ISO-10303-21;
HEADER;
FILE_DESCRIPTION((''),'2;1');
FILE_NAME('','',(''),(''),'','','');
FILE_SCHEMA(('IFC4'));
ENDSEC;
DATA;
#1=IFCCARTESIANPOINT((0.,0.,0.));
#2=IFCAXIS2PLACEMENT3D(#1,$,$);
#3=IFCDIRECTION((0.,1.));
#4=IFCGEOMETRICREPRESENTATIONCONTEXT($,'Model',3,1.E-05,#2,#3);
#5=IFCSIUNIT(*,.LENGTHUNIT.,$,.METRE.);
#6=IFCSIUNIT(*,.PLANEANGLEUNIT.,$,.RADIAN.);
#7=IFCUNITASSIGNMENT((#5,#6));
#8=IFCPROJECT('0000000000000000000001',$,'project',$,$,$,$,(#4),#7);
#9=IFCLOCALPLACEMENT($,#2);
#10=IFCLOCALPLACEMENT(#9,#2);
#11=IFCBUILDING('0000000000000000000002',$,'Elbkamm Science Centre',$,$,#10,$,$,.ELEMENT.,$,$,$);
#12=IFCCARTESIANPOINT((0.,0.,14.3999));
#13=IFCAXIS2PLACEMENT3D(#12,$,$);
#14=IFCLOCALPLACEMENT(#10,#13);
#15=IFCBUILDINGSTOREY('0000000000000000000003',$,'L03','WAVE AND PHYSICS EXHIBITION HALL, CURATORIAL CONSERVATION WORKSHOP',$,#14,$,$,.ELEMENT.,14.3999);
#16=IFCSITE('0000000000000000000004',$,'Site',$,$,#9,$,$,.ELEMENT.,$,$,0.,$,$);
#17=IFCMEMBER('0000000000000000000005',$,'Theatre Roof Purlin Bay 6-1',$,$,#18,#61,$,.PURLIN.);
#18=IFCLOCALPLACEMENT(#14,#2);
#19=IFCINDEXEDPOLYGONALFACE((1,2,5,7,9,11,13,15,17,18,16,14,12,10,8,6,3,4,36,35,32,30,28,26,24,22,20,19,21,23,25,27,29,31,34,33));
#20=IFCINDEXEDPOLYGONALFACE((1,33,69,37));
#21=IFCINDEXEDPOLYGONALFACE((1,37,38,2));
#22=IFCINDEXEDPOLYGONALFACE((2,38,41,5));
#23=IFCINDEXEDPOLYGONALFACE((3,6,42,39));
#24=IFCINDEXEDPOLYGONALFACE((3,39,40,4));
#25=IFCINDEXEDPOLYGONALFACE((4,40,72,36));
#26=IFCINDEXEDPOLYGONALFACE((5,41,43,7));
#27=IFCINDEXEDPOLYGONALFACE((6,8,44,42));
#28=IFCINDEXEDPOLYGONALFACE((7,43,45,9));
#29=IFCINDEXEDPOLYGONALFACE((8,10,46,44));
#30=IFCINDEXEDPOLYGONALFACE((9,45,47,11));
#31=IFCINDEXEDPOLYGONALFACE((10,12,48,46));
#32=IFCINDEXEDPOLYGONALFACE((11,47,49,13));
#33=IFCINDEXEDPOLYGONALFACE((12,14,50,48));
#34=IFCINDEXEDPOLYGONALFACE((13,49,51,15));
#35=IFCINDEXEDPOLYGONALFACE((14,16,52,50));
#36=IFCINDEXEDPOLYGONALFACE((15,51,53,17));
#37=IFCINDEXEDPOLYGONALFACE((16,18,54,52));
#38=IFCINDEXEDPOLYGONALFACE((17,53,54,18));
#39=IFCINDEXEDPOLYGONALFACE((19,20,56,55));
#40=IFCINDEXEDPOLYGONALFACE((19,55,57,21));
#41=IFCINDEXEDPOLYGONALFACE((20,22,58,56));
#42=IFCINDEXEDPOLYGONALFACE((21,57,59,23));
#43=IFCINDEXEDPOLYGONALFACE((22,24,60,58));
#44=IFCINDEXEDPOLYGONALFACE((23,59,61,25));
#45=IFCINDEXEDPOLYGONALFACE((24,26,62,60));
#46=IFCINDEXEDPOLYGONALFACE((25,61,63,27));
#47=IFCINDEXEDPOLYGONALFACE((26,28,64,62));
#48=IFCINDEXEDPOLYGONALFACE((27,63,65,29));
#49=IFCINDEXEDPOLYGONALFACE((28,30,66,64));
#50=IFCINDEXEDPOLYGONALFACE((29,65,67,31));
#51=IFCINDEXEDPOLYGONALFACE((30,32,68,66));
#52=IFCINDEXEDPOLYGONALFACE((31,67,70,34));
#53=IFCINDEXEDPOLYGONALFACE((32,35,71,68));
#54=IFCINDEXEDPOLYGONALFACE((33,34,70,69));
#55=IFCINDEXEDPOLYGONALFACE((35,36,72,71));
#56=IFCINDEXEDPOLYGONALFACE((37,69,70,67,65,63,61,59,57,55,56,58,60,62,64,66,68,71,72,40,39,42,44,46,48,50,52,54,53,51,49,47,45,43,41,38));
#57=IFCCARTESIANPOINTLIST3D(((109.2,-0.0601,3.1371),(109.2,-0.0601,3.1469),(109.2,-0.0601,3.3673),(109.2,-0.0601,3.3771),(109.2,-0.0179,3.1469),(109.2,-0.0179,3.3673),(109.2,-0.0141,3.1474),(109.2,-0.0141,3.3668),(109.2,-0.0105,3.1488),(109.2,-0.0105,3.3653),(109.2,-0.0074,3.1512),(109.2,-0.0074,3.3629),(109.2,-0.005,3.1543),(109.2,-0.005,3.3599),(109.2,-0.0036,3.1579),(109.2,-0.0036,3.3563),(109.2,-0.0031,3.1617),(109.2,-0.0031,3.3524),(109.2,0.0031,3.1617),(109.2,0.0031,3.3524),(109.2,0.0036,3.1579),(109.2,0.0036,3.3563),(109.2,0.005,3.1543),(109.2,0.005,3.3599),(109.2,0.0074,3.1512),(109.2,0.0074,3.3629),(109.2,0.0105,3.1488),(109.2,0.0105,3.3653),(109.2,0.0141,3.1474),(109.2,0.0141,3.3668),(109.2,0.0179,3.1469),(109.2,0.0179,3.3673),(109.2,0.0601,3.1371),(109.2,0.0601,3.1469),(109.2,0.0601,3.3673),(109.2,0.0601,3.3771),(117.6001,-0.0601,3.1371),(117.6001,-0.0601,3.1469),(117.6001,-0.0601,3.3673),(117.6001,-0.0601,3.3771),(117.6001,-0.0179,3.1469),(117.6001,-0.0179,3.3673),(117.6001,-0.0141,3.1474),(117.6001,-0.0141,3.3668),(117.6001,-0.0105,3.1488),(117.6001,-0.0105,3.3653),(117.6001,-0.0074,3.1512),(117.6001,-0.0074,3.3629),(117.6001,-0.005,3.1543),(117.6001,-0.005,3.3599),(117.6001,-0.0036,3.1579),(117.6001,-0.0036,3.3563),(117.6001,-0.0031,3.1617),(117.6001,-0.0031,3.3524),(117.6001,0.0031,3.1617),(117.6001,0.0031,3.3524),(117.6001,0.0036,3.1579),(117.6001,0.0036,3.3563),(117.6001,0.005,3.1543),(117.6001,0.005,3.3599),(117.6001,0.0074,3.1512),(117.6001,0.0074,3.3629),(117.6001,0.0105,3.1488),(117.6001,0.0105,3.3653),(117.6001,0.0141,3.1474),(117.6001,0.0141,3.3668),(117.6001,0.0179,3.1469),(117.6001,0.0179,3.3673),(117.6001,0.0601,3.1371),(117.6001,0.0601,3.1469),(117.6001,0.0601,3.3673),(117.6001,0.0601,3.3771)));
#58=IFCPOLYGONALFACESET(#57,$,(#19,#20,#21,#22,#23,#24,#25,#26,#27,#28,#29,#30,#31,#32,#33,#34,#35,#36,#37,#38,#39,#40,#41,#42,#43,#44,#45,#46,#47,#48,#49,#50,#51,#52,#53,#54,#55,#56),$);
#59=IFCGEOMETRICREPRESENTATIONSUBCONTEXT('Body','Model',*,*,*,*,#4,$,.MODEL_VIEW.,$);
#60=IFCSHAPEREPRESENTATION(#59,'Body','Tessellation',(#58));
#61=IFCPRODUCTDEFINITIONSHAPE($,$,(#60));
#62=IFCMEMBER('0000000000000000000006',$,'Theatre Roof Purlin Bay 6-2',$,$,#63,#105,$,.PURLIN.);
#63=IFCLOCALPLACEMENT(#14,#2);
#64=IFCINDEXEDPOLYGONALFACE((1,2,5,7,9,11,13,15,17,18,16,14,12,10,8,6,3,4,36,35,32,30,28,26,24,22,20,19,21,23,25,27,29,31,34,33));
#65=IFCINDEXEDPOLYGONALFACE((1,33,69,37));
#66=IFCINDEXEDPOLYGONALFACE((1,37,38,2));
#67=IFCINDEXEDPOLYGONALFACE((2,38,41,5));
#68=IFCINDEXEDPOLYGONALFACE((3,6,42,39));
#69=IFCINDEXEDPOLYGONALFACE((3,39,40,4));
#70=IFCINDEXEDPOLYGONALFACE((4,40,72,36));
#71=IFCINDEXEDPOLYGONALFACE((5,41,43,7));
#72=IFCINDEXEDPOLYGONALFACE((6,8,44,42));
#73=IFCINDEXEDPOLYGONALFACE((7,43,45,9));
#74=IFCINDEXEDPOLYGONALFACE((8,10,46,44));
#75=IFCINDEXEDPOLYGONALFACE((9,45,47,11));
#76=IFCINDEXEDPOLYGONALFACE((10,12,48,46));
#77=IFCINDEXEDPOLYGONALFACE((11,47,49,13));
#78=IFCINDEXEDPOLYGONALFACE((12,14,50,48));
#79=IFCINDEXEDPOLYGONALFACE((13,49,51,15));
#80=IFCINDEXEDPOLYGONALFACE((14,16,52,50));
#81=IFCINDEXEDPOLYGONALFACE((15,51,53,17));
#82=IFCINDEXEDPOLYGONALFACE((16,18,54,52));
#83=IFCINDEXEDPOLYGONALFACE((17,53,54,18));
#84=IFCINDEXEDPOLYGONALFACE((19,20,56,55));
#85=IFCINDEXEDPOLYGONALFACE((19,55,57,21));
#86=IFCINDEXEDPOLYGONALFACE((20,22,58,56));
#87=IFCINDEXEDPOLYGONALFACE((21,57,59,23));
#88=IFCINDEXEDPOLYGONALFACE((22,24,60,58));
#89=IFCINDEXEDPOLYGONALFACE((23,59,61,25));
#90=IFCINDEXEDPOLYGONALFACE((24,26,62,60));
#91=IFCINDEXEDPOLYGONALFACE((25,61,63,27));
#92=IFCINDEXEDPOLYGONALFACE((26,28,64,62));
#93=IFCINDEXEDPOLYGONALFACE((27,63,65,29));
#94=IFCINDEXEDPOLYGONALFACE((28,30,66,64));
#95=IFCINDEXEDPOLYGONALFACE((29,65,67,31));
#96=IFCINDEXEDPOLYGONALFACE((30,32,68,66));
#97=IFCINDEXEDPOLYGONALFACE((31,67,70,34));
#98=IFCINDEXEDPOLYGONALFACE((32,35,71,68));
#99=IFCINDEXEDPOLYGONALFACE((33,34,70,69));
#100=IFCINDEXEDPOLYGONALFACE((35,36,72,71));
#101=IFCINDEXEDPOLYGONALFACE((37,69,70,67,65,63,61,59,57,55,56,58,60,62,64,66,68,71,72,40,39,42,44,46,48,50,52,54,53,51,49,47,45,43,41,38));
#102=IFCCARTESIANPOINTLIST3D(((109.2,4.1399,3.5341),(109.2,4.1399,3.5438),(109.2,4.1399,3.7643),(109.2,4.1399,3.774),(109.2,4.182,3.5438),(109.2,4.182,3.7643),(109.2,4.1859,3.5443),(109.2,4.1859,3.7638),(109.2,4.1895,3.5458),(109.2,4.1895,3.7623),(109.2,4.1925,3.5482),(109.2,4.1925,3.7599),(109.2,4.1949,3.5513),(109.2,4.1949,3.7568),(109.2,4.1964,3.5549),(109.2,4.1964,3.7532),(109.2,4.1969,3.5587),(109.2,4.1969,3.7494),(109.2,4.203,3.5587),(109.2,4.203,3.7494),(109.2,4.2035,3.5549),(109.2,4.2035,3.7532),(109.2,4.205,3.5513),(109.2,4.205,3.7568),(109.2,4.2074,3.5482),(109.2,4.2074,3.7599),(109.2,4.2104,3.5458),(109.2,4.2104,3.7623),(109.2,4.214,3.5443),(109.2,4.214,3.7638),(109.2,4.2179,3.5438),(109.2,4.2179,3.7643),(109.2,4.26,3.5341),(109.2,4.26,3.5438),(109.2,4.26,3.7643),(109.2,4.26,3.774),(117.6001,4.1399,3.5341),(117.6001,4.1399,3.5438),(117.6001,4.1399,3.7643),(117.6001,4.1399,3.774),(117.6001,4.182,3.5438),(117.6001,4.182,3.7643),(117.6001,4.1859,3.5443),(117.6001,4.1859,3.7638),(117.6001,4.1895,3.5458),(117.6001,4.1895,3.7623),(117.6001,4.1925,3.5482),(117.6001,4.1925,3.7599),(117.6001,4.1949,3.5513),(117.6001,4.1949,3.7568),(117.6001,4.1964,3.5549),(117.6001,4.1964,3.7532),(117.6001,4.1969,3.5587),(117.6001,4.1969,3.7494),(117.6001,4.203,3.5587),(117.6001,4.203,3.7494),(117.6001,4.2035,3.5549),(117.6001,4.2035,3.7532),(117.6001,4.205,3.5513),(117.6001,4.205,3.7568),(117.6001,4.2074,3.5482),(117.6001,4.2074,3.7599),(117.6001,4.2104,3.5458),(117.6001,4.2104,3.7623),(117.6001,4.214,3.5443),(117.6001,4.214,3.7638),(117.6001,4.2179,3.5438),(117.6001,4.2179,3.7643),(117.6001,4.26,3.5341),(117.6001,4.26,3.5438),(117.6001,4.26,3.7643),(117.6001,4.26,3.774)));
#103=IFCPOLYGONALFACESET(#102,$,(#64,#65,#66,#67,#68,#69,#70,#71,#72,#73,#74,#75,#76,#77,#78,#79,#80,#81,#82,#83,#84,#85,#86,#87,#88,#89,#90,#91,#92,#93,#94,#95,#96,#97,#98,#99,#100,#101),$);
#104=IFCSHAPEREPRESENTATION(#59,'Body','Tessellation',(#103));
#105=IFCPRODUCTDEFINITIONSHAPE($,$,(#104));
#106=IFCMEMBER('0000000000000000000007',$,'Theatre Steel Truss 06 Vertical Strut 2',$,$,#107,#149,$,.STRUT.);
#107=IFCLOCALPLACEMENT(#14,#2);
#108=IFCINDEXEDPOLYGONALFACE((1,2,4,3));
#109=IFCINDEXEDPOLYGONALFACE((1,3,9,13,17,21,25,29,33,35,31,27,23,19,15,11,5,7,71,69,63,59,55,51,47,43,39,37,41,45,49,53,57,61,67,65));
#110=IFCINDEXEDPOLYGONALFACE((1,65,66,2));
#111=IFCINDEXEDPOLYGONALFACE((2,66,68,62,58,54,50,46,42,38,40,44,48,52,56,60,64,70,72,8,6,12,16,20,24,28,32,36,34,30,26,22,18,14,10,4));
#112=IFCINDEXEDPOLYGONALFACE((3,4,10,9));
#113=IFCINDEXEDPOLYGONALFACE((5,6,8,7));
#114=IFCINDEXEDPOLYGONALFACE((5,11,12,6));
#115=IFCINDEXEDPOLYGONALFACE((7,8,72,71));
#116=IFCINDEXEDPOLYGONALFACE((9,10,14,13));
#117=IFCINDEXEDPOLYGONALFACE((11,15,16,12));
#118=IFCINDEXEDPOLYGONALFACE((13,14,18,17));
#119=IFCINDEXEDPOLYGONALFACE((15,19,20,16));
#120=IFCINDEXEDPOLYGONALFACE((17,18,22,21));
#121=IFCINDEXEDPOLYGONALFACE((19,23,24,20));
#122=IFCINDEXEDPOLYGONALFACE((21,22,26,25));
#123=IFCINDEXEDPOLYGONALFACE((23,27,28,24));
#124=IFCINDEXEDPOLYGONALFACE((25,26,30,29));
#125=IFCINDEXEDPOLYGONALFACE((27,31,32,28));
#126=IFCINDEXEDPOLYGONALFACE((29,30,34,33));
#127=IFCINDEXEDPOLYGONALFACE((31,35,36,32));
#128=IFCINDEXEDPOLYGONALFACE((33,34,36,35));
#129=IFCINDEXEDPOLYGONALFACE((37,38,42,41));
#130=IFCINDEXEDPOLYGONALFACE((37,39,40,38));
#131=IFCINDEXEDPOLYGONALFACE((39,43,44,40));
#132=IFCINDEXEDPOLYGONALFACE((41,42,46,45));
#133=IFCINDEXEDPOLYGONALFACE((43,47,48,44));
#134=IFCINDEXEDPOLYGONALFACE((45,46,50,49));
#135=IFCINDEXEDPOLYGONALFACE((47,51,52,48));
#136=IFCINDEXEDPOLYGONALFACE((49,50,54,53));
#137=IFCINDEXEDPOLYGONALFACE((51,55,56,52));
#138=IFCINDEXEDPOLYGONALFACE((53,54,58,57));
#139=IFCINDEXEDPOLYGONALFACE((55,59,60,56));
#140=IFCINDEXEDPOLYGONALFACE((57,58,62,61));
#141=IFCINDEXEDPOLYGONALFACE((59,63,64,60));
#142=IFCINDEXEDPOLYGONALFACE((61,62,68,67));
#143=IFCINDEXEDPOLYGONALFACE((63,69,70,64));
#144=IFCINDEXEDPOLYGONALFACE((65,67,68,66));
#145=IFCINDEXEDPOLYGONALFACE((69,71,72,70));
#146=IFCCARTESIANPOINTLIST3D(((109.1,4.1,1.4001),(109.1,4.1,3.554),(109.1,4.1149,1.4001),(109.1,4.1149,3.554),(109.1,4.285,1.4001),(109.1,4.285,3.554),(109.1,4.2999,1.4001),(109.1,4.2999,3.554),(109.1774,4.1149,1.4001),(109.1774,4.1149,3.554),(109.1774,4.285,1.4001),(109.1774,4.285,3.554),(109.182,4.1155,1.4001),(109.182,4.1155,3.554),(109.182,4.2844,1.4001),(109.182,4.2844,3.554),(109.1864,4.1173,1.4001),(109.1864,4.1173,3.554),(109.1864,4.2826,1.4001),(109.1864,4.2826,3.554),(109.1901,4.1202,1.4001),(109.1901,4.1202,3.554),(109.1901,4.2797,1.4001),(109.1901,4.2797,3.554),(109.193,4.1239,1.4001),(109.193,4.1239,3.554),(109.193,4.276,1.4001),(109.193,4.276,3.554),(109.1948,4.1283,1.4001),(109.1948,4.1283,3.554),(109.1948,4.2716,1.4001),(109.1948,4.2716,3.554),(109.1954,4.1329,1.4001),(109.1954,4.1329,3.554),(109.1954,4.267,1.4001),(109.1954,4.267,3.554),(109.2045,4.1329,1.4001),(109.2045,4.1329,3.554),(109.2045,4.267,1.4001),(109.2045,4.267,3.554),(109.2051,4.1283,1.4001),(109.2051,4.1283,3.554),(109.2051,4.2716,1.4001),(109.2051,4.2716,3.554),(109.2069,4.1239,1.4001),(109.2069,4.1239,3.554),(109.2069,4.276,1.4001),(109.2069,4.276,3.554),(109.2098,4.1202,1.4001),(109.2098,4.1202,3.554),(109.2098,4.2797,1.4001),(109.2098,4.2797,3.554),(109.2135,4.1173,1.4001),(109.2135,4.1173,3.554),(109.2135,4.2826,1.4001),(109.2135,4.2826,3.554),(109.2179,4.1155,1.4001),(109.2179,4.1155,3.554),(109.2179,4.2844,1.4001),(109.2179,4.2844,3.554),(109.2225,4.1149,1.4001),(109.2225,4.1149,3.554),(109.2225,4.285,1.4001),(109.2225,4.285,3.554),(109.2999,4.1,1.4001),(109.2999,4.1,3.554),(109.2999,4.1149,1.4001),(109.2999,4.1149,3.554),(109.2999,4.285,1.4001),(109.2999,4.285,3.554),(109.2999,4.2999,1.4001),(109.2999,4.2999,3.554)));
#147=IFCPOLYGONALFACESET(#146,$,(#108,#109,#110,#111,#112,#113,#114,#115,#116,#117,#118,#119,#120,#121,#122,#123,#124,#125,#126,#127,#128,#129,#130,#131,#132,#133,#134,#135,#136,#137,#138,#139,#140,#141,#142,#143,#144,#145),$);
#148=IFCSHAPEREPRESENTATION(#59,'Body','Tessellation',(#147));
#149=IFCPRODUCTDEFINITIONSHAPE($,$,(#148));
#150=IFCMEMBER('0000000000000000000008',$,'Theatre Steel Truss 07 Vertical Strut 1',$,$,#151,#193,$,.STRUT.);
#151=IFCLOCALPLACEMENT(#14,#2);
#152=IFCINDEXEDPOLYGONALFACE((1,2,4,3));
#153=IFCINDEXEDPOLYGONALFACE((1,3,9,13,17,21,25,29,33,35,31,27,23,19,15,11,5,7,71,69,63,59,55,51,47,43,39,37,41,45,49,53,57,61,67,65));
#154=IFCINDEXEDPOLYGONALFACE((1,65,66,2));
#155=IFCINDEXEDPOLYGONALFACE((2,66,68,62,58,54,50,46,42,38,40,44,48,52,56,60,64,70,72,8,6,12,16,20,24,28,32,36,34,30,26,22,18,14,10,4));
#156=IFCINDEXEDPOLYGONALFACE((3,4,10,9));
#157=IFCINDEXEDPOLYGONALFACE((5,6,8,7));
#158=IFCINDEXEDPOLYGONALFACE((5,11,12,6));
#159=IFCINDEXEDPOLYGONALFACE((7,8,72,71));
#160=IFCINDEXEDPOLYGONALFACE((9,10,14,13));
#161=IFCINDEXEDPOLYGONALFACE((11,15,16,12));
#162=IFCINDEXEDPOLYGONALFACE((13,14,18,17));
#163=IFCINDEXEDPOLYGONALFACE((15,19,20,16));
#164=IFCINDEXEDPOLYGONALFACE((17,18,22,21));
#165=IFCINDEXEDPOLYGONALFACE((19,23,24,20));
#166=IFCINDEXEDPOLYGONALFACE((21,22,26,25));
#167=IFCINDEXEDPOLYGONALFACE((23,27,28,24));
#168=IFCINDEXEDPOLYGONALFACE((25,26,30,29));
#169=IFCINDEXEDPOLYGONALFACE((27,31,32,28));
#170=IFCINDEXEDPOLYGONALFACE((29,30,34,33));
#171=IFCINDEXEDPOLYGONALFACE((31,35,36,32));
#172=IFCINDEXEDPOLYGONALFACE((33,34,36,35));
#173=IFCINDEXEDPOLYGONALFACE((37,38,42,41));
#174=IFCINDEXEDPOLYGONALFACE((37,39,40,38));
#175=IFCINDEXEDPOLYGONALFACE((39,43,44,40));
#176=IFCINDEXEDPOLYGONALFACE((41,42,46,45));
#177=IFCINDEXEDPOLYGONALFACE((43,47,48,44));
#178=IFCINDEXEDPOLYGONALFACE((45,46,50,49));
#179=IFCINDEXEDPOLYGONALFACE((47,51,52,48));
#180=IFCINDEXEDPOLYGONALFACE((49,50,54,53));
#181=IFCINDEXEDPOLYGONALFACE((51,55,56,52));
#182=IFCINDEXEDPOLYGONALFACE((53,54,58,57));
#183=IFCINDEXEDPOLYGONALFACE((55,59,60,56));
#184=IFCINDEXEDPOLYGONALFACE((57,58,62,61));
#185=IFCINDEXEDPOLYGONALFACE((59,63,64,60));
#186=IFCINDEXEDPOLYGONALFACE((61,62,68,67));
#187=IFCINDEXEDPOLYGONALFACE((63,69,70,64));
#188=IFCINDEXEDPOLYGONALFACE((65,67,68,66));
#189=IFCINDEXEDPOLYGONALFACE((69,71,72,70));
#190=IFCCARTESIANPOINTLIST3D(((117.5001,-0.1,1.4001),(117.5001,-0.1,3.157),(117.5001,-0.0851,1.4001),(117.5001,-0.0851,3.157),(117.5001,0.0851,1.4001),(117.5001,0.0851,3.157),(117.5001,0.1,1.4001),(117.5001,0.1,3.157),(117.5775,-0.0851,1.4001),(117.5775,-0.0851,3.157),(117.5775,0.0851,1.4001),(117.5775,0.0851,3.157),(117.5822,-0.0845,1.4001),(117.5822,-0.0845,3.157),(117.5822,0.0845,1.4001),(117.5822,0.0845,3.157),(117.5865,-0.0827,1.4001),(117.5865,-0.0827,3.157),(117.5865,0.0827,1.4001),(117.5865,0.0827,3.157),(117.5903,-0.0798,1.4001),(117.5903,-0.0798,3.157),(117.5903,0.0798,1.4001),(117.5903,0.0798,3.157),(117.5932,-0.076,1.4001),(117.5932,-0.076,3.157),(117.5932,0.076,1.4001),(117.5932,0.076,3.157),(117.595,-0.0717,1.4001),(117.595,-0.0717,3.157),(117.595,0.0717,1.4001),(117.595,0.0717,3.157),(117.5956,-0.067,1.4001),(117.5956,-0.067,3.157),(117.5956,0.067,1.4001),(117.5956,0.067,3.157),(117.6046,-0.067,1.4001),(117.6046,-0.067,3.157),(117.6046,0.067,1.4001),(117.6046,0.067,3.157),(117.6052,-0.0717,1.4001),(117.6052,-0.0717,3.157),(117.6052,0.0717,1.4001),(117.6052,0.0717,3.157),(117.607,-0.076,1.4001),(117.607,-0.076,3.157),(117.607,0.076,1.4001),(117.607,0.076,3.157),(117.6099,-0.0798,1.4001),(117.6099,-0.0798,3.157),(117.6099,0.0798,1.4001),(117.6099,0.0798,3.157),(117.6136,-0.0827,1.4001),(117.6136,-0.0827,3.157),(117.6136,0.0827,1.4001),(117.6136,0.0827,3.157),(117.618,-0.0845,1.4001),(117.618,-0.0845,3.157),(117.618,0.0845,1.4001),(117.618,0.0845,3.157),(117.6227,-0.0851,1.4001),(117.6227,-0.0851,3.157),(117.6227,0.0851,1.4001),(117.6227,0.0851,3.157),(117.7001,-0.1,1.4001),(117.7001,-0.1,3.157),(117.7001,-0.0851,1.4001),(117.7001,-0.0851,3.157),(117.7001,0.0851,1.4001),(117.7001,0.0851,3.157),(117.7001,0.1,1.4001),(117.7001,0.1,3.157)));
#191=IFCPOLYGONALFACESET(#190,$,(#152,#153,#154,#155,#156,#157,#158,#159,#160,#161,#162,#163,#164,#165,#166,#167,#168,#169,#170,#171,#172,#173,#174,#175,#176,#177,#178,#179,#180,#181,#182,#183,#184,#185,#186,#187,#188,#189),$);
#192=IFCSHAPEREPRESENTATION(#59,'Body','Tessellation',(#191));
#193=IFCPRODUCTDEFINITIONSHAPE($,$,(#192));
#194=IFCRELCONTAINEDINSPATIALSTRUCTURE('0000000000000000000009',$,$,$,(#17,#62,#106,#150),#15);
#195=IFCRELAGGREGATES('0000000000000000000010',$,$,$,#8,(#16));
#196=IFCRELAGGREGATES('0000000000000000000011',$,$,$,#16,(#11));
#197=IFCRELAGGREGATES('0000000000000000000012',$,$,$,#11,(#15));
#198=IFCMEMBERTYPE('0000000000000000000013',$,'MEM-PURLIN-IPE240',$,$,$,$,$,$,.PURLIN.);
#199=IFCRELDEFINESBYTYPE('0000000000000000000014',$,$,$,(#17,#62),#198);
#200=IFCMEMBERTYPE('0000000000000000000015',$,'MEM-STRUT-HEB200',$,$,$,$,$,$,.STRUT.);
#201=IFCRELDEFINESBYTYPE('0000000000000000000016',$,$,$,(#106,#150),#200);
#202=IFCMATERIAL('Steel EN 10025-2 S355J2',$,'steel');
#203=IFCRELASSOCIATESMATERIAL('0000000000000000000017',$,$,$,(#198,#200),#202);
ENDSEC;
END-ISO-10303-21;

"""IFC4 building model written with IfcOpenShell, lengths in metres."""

from ifc_helpers import new_model, si_unit, direction, frame, origin, origin_2d, place, context, subcontext, project, spatial, i_section, extrude, material, material_profile, profile_set, type_object, element, save


model = new_model("IFC4")

# Units and contexts
model_context = context("Model", 3, precision=1e-05, world=origin(), true_north=direction((0.0, 1.0)))
body_context = subcontext(model_context, "Body", "Model", "MODEL_VIEW")
ifc_project = project(units=[si_unit("LENGTHUNIT", "METRE"), si_unit("PLANEANGLEUNIT", "RADIAN")], contexts=[model_context])

# Site, building, storey
site_placement = place(None, origin())
site = spatial("IfcSite", under=ifc_project, at=site_placement, Name="Site", CompositionType="ELEMENT", RefElevation=0.0)
building_placement = place(site_placement, origin())
building = spatial("IfcBuilding", under=site, at=building_placement, Name="Elbkamm Science Centre", CompositionType="ELEMENT")
storey_placement = place(building_placement, frame((0.0, 0.0, 14.3999)))
storey = spatial("IfcBuildingStorey", under=building, at=storey_placement, Name="L03", Description="WAVE AND PHYSICS EXHIBITION HALL, CURATORIAL CONSERVATION WORKSHOP", CompositionType="ELEMENT", Elevation=14.3999)

# Shared definitions
ifc_material_1 = material(Name="Steel EN 10025-2 S355J2", Category="steel")

# Members
ifc_material_profile_1 = material_profile(ifc_material_1, i_section(OverallWidth=0.1201, OverallDepth=0.24, WebThickness=0.0061, FlangeThickness=0.0098, FilletRadius=0.0149, at=origin_2d()), Name="IPE 240")
ifc_profile_set_1 = profile_set([ifc_material_profile_1], Name="Steel EN 10025-2 S355J2")
member_type_1 = type_object("IfcMemberType", Name="MEM-PURLIN-IPE240", PredefinedType="PURLIN", material=ifc_profile_set_1)
for number, where, z_axis, x_axis, name in (
    (1, (109.2, 0.0, 3.2571), (1.0, 0.0, 0.0), (0.0, 1.0, 0.0), "Theatre Roof Purlin Bay 6-1"),
    (2, (109.2, 4.2, 3.6541), (1.0, 0.0, 0.0), (0.0, 1.0, 0.0), "Theatre Roof Purlin Bay 6-2"),
):
    element("IfcMember", number, at=place(storey_placement, frame(where, z_axis=z_axis, x_axis=x_axis)), inside=storey, type_object=member_type_1, Name=name, PredefinedType="PURLIN", context=body_context, shape_type="SweptSolid", body=[
        extrude(i_section(OverallWidth=0.1201, OverallDepth=0.24, WebThickness=0.0061, FlangeThickness=0.0098, FilletRadius=0.0149, at=origin_2d()), origin(), (0.0, 0.0, 1.0), 8.4001),
    ])
ifc_material_profile_2 = material_profile(ifc_material_1, i_section(OverallWidth=0.2, OverallDepth=0.2, WebThickness=0.009, FlangeThickness=0.0149, FilletRadius=0.0181, at=origin_2d()), Name="HEB 200")
ifc_profile_set_2 = profile_set([ifc_material_profile_2], Name="Steel EN 10025-2 S355J2")
member_type_2 = type_object("IfcMemberType", Name="MEM-STRUT-HEB200", PredefinedType="STRUT", material=ifc_profile_set_2)
member_1_placement = place(storey_placement, frame((109.2, 4.2, 1.4001), z_axis=(0.0, 0.0, 1.0), x_axis=(1.0, 0.0, 0.0)))
element("IfcMember", 3, at=member_1_placement, inside=storey, type_object=member_type_2, Name="Theatre Steel Truss 06 Vertical Strut 2", PredefinedType="STRUT", context=body_context, shape_type="SweptSolid", body=[
    extrude(i_section(OverallWidth=0.2, OverallDepth=0.2, WebThickness=0.009, FlangeThickness=0.0149, FilletRadius=0.0181, at=origin_2d()), origin(), (0.0, 0.0, 1.0), 2.1538),
])
member_2_placement = place(storey_placement, frame((117.6001, 0.0, 1.4001), z_axis=(0.0, 0.0, 1.0), x_axis=(1.0, 0.0, 0.0)))
element("IfcMember", 4, at=member_2_placement, inside=storey, type_object=member_type_2, Name="Theatre Steel Truss 07 Vertical Strut 1", PredefinedType="STRUT", context=body_context, shape_type="SweptSolid", body=[
    extrude(i_section(OverallWidth=0.2, OverallDepth=0.2, WebThickness=0.009, FlangeThickness=0.0149, FilletRadius=0.0181, at=origin_2d()), origin(), (0.0, 0.0, 1.0), 1.7568),
])

save(model, "model.ifc")
